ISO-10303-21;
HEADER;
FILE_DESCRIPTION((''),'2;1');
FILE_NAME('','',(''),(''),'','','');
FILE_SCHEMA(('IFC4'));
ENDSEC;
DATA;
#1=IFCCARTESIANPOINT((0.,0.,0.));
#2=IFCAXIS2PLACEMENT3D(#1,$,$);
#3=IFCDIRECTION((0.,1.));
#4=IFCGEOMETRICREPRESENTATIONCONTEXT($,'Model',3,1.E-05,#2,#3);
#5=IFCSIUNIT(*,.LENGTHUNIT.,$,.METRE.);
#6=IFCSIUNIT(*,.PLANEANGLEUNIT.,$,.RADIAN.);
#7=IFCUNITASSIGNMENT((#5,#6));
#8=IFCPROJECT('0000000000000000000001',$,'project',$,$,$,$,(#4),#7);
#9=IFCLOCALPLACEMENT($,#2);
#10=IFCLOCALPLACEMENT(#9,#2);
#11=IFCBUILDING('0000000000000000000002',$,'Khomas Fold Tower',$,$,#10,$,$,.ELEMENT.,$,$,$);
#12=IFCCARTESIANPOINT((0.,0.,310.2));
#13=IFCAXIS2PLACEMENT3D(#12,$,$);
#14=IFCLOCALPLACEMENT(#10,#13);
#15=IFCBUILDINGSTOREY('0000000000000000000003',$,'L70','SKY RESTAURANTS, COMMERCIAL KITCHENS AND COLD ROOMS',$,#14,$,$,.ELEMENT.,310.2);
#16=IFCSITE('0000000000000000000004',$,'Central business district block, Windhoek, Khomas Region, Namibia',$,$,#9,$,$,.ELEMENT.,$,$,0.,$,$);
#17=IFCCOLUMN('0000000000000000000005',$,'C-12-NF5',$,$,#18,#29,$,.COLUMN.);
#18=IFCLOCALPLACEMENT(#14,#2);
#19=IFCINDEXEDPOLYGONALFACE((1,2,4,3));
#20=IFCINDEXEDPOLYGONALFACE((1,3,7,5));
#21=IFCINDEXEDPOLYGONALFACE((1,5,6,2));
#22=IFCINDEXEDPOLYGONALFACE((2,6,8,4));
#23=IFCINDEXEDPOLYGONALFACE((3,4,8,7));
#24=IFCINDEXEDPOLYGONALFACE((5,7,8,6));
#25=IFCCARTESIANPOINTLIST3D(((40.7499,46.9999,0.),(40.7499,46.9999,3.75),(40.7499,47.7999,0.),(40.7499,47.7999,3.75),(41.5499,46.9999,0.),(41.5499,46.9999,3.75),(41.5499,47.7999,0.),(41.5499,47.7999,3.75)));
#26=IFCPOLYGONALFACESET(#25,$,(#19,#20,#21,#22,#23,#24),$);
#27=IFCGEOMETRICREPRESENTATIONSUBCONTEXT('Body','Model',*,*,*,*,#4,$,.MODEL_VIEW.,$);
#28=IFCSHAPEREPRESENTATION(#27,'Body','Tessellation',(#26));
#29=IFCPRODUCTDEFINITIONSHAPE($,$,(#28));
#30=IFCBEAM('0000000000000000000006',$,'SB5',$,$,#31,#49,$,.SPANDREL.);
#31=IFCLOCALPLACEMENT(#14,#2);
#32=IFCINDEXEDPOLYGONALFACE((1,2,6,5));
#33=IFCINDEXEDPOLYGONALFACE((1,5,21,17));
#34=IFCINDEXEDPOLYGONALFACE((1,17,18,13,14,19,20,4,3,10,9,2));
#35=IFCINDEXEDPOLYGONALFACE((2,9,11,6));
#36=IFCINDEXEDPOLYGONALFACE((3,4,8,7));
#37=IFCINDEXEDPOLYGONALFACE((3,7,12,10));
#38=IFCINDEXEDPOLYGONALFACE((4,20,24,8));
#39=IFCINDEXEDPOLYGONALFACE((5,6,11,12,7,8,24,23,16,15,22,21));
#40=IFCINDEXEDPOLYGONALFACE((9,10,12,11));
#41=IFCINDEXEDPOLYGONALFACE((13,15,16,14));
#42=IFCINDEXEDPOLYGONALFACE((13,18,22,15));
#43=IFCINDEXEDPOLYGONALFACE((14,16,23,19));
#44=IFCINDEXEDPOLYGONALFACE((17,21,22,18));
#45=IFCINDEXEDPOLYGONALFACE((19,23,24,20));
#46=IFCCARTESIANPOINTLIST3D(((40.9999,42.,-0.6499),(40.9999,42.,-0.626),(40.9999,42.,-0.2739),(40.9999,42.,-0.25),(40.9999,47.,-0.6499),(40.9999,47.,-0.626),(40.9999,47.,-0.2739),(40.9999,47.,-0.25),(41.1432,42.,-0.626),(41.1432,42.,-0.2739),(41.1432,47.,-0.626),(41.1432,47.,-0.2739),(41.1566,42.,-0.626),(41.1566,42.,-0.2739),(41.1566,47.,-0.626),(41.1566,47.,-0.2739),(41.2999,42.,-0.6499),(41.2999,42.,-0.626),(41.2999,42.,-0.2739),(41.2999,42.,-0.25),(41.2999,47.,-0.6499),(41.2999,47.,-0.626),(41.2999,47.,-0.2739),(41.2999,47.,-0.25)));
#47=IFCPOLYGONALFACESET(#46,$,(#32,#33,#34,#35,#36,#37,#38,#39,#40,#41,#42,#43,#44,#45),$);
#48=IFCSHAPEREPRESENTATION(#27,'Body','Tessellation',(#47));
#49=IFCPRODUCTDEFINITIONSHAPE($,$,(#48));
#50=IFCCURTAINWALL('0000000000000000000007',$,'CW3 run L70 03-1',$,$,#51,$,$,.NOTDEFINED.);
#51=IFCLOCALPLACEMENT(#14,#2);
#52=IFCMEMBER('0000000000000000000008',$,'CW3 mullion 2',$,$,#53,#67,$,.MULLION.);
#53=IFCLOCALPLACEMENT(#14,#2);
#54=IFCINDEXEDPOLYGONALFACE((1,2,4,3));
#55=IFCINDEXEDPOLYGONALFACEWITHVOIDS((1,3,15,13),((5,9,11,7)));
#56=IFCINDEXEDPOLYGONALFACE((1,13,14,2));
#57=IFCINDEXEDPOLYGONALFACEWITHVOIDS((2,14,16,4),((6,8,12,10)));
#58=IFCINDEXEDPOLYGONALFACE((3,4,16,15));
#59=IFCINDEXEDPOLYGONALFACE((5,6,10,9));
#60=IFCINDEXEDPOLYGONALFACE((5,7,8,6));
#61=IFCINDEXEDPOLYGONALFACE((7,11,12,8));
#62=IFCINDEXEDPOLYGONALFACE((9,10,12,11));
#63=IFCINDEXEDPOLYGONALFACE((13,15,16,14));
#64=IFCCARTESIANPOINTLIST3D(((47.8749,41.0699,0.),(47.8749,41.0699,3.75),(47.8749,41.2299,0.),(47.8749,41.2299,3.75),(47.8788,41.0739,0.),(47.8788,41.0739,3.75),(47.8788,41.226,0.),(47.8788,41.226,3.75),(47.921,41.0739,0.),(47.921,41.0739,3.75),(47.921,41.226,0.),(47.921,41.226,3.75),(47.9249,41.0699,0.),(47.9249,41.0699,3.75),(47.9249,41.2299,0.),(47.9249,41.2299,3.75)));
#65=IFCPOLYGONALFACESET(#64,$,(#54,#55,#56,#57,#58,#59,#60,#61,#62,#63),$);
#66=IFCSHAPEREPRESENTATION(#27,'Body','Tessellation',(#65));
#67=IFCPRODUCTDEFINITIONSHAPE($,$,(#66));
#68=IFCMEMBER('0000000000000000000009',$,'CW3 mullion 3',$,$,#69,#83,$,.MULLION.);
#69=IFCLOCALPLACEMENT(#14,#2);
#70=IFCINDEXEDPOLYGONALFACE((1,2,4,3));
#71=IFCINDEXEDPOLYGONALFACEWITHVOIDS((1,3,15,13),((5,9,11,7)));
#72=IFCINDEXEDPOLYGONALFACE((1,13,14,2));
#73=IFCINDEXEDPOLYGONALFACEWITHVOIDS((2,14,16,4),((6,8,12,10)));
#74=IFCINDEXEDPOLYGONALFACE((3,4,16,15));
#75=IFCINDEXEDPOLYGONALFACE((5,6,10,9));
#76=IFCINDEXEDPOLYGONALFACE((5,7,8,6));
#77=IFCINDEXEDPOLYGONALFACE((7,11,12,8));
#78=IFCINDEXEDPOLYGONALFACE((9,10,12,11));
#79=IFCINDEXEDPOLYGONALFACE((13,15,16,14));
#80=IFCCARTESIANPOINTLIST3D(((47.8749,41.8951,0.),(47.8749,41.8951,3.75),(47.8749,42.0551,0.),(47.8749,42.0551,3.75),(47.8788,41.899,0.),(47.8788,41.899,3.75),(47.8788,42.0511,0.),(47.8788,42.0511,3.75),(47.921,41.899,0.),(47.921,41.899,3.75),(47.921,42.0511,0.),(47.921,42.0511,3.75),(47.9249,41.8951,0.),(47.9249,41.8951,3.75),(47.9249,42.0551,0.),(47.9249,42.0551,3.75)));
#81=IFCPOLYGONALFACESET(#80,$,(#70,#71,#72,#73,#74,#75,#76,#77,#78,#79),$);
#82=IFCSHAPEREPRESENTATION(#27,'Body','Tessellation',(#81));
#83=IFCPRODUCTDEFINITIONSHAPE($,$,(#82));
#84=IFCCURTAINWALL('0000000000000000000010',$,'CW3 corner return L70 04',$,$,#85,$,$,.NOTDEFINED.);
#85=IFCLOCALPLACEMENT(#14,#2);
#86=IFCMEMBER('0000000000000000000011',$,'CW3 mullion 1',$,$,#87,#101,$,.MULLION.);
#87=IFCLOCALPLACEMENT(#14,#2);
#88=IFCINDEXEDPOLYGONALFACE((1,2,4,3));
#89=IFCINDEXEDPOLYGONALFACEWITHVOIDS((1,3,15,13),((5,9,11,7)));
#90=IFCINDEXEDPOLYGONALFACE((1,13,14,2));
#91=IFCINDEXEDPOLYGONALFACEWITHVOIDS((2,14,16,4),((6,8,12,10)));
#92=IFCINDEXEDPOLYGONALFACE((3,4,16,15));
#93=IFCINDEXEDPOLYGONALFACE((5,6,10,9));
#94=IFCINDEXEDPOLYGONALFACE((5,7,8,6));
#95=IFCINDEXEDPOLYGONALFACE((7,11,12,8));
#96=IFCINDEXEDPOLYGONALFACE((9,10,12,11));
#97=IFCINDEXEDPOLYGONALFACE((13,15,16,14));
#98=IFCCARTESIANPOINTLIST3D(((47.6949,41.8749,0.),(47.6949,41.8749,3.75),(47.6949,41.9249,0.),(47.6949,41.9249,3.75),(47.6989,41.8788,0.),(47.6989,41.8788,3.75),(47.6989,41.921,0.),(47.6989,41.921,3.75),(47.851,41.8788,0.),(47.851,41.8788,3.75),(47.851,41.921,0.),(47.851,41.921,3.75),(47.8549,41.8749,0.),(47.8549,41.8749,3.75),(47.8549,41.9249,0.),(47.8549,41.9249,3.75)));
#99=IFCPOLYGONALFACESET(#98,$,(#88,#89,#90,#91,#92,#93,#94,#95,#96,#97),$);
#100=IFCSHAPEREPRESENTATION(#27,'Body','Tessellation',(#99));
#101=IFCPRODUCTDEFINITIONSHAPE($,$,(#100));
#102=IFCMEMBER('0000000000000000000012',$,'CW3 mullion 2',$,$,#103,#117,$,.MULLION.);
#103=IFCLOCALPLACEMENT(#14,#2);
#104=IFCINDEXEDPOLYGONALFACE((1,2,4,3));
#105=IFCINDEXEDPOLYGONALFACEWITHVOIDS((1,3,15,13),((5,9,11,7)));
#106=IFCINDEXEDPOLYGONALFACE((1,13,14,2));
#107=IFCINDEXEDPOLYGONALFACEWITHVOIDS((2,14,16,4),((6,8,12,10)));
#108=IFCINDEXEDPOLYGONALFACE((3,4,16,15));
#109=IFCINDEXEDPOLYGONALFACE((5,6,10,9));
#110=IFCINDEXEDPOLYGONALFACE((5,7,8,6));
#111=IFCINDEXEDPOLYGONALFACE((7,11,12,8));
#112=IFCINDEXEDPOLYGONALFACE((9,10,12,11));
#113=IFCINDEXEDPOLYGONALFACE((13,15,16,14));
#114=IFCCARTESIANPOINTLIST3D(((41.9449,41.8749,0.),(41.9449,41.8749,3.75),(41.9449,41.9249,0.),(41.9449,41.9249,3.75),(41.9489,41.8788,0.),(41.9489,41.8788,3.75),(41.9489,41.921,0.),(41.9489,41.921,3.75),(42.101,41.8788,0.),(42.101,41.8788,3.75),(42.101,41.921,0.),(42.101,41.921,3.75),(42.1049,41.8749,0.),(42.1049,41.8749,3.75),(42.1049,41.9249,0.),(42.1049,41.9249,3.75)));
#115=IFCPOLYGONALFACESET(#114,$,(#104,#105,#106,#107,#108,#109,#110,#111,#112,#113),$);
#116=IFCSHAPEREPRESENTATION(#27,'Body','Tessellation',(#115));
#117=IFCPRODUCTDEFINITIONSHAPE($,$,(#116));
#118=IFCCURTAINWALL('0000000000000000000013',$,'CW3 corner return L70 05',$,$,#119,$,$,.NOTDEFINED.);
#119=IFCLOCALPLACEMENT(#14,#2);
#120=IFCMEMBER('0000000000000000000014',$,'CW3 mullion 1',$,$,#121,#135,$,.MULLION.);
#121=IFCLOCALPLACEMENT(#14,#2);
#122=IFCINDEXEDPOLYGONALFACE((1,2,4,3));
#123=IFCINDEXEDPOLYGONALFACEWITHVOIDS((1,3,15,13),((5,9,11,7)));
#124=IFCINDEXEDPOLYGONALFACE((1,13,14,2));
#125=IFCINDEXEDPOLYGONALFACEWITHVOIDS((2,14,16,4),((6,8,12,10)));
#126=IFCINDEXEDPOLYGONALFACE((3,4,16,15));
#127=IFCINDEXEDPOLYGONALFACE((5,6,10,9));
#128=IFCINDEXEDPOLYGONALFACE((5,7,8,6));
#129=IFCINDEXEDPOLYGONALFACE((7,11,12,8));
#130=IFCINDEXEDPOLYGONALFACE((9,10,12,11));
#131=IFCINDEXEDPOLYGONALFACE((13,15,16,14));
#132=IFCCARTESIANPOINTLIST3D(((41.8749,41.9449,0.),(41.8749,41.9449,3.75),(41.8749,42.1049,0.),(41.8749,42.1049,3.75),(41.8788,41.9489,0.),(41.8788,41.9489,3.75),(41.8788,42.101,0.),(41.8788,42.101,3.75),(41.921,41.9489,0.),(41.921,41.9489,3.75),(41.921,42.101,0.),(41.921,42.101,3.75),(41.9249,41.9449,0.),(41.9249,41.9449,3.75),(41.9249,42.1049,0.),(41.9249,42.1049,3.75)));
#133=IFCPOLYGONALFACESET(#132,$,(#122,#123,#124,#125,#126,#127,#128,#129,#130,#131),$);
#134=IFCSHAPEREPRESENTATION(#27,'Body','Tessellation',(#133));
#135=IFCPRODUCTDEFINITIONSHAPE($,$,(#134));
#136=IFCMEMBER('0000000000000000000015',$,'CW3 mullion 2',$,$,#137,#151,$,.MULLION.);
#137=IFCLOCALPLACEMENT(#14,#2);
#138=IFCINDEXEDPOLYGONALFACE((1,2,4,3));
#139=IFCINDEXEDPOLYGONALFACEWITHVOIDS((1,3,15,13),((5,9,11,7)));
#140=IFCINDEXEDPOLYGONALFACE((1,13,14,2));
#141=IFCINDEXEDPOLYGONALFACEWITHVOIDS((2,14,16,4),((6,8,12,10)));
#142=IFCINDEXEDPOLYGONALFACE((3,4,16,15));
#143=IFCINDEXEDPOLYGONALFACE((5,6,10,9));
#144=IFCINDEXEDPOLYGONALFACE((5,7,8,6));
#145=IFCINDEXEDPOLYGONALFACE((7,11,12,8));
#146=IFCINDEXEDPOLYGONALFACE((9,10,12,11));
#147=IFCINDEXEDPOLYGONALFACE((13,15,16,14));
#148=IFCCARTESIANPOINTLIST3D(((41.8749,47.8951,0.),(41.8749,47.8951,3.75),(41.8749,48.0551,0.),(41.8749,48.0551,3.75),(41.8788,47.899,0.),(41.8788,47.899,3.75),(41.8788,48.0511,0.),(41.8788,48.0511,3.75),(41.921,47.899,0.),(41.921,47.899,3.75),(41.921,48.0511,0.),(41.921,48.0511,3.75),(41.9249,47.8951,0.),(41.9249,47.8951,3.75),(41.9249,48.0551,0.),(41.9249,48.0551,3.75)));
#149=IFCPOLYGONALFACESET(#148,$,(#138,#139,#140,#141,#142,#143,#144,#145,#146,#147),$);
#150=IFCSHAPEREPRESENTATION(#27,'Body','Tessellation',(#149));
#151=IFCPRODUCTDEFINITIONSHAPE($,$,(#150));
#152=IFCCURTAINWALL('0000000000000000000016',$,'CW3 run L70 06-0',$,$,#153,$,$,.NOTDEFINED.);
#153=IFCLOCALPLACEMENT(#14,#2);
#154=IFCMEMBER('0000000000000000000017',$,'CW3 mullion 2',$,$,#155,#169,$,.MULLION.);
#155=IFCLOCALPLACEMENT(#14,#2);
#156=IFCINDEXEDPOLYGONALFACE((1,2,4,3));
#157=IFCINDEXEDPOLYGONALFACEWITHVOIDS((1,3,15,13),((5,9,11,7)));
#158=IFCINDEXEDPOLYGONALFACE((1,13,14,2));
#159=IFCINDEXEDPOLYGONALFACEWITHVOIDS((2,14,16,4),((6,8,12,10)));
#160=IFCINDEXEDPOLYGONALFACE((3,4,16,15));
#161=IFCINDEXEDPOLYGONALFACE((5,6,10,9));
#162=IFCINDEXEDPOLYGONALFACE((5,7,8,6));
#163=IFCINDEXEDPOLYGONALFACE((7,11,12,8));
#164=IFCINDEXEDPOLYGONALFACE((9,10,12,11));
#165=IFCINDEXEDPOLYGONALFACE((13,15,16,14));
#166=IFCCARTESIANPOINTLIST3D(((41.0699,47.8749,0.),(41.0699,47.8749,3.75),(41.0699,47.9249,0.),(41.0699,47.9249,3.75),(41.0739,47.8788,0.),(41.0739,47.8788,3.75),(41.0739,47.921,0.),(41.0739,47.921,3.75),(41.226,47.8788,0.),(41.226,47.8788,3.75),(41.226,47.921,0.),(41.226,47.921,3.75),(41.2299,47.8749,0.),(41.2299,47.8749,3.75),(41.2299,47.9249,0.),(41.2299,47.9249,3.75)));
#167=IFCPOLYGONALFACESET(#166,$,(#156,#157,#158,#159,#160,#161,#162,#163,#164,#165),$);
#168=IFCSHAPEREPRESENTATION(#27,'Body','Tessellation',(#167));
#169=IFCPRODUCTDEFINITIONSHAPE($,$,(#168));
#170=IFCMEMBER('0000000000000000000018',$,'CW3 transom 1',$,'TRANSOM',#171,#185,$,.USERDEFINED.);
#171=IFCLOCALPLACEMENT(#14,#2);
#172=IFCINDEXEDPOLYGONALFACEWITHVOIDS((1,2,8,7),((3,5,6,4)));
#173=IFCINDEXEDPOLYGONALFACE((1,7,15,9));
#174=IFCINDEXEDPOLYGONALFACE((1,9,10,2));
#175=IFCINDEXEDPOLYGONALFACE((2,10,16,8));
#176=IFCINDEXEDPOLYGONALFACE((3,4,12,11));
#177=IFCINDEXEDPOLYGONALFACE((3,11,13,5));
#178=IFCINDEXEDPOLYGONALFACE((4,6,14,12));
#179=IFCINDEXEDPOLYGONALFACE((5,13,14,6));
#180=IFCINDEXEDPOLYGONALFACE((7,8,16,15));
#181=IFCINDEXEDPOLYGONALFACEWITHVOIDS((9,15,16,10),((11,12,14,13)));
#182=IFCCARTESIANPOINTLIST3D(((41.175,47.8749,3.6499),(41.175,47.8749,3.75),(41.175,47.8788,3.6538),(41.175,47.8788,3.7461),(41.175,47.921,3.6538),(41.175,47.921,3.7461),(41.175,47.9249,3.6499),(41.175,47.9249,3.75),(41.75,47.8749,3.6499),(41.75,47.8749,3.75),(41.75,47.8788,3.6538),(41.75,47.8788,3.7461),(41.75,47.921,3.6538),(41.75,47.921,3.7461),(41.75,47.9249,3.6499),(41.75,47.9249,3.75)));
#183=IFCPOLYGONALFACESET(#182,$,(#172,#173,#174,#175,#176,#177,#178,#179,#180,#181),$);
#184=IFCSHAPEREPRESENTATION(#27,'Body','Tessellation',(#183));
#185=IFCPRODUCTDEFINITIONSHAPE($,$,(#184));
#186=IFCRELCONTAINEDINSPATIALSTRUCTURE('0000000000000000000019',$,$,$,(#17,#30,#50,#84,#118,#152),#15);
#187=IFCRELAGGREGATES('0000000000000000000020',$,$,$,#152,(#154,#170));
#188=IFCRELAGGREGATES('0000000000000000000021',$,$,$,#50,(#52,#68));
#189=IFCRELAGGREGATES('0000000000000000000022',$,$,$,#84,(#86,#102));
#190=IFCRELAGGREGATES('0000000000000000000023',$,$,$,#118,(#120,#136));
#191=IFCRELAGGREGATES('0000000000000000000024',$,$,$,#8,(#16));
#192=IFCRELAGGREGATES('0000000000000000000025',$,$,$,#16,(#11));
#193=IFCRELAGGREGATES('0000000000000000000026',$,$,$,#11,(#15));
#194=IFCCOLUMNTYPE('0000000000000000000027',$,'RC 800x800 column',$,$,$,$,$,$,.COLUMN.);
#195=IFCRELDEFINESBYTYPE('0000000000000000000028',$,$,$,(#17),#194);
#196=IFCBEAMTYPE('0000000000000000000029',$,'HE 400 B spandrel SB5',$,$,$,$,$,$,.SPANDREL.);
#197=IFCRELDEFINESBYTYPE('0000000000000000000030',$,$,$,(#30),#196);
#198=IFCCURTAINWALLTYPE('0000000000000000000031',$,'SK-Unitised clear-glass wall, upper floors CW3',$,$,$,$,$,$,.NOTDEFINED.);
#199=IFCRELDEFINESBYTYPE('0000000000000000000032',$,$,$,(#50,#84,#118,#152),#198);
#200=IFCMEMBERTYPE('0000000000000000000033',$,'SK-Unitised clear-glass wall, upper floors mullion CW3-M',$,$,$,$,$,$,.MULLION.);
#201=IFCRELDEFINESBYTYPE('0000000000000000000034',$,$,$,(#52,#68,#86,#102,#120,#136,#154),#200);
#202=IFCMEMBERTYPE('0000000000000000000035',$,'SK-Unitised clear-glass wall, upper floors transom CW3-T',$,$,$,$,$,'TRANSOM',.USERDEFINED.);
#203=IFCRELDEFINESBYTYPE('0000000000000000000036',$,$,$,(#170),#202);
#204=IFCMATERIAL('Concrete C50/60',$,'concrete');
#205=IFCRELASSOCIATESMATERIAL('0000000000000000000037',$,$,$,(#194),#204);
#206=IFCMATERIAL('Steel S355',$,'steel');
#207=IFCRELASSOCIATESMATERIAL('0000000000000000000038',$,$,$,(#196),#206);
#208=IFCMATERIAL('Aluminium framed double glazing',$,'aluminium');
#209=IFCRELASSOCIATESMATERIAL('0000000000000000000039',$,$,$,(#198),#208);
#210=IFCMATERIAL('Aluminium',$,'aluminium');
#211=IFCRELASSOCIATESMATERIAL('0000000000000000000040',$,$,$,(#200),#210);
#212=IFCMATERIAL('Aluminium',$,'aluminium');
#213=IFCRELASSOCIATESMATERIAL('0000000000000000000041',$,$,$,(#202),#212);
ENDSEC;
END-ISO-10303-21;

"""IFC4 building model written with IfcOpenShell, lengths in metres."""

from ifc_helpers import new_model, si_unit, direction, frame, origin, origin_2d, place, context, subcontext, project, spatial, rectangle, hollow_rectangle, i_section, extrude, source, transform, mapped, material, material_profile, profile_set, type_object, element, aggregate, save


model = new_model("IFC4")

# Units and contexts
model_context = context("Model", 3, precision=1e-05, world=origin(), true_north=direction((0.0, 1.0)))
body_context = subcontext(model_context, "Body", "Model", "MODEL_VIEW")
ifc_project = project(units=[si_unit("LENGTHUNIT", "METRE"), si_unit("PLANEANGLEUNIT", "RADIAN")], contexts=[model_context])

# Site, building, storey
site_placement = place(None, origin())
site = spatial("IfcSite", under=ifc_project, at=site_placement, Name="Central business district block, Windhoek, Khomas Region, Namibia", CompositionType="ELEMENT", RefElevation=0.0)
building_placement = place(site_placement, origin())
building = spatial("IfcBuilding", under=site, at=building_placement, Name="Khomas Fold Tower", CompositionType="ELEMENT")
storey_placement = place(building_placement, frame((0.0, 0.0, 310.2)))
storey = spatial("IfcBuildingStorey", under=building, at=storey_placement, Name="L70", Description="SKY RESTAURANTS, COMMERCIAL KITCHENS AND COLD ROOMS", CompositionType="ELEMENT", Elevation=310.2)

# Column
ifc_material_1 = material(Name="Concrete C50/60", Category="concrete")
ifc_material_profile_1 = material_profile(ifc_material_1, rectangle(XDim=0.8, YDim=0.8, at=origin_2d()), Name="RC 800x800")
ifc_profile_set_1 = profile_set([ifc_material_profile_1], Name="Concrete C50/60")
column_type = type_object("IfcColumnType", Name="RC 800x800 column", PredefinedType="COLUMN", material=ifc_profile_set_1)
shared_shape_1 = source(origin(), body_context, "Body", "SweptSolid", [
    extrude(rectangle(XDim=0.8, YDim=0.8, at=origin_2d()), origin(), (0.0, 0.0, 1.0), 3.75),
])
column_placement = place(storey_placement, frame((41.1499, 47.3999, 0.0), z_axis=(0.0, 0.0, 1.0), x_axis=(1.0, 0.0, 0.0)))
element("IfcColumn", 1, at=column_placement, inside=storey, type_object=column_type, Name="C-12-NF5", PredefinedType="COLUMN", context=body_context, shape_type="MappedRepresentation", body=[
    mapped(shared_shape_1, transform((0.0, 0.0, 0.0))),
])

# Beam
ifc_material_2 = material(Name="Steel S355", Category="steel")
ifc_material_profile_2 = material_profile(ifc_material_2, i_section(OverallWidth=0.3, OverallDepth=0.3999, WebThickness=0.0134, FlangeThickness=0.0239, at=origin_2d()), Name="HE 400 B")
ifc_profile_set_2 = profile_set([ifc_material_profile_2], Name="Steel S355")
beam_type = type_object("IfcBeamType", Name="HE 400 B spandrel SB5", PredefinedType="SPANDREL", material=ifc_profile_set_2)
shared_shape_2 = source(origin(), body_context, "Body", "SweptSolid", [
    extrude(i_section(OverallWidth=0.3, OverallDepth=0.3999, WebThickness=0.0134, FlangeThickness=0.0239, at=origin_2d()), origin(), (0.0, 0.0, 1.0), 5.0),
])
beam_placement = place(storey_placement, frame((41.1499, 42.0, -0.45), z_axis=(0.0, 1.0, 0.0), x_axis=(-1.0, 0.0, 0.0)))
element("IfcBeam", 2, at=beam_placement, inside=storey, type_object=beam_type, Name="SB5", PredefinedType="SPANDREL", context=body_context, shape_type="MappedRepresentation", body=[
    mapped(shared_shape_2, transform((0.0, 0.0, 0.0))),
])

# Curtain walls, members
ifc_material_3 = material(Name="Aluminium framed double glazing", Category="aluminium")
curtain_wall_type = type_object("IfcCurtainWallType", Name="SK-Unitised clear-glass wall, upper floors CW3", PredefinedType="NOTDEFINED", material=ifc_material_3)
curtain_wall_1_placement = place(storey_placement, origin())
curtain_wall_1 = element("IfcCurtainWall", 3, at=curtain_wall_1_placement, inside=storey, type_object=curtain_wall_type, Name="CW3 run L70 03-1", PredefinedType="NOTDEFINED")
ifc_material_4 = material(Name="Aluminium", Category="aluminium")
ifc_material_profile_3 = material_profile(ifc_material_4, hollow_rectangle(XDim=0.05, YDim=0.1599, WallThickness=0.0039, at=origin_2d()), Name="SK-Unitised clear-glass wall, upper floors mullion CW3-M")
ifc_profile_set_3 = profile_set([ifc_material_profile_3], Name="Aluminium")
member_type_1 = type_object("IfcMemberType", Name="SK-Unitised clear-glass wall, upper floors mullion CW3-M", PredefinedType="MULLION", material=ifc_profile_set_3)
shared_shape_3 = source(origin(), body_context, "Body", "SweptSolid", [
    extrude(hollow_rectangle(XDim=0.05, YDim=0.1599, WallThickness=0.0039, at=origin_2d()), origin(), (0.0, 0.0, 1.0), 3.75),
])
member_1_placement = place(storey_placement, frame((47.8999, 41.1499, 0.0), z_axis=(0.0, 0.0, 1.0), x_axis=(-1.0, 0.0, 0.0)))
member_1 = element("IfcMember", 4, at=member_1_placement, type_object=member_type_1, Name="CW3 mullion 2", PredefinedType="MULLION", context=body_context, shape_type="MappedRepresentation", body=[
    mapped(shared_shape_3, transform((0.0, 0.0, 0.0))),
])
member_2_placement = place(storey_placement, frame((47.8999, 41.9751, 0.0), z_axis=(0.0, 0.0, 1.0), x_axis=(-1.0, 0.0, 0.0)))
member_2 = element("IfcMember", 5, at=member_2_placement, type_object=member_type_1, Name="CW3 mullion 3", PredefinedType="MULLION", context=body_context, shape_type="MappedRepresentation", body=[
    mapped(shared_shape_3, transform((0.0, 0.0, 0.0))),
])
curtain_wall_2_placement = place(storey_placement, origin())
curtain_wall_2 = element("IfcCurtainWall", 6, at=curtain_wall_2_placement, inside=storey, type_object=curtain_wall_type, Name="CW3 corner return L70 04", PredefinedType="NOTDEFINED")
member_3_placement = place(storey_placement, frame((47.7749, 41.8999, 0.0), z_axis=(0.0, 0.0, 1.0), x_axis=(0.0, -1.0, 0.0)))
member_3 = element("IfcMember", 7, at=member_3_placement, type_object=member_type_1, Name="CW3 mullion 1", PredefinedType="MULLION", context=body_context, shape_type="MappedRepresentation", body=[
    mapped(shared_shape_3, transform((0.0, 0.0, 0.0))),
])
member_4_placement = place(storey_placement, frame((42.0249, 41.8999, 0.0), z_axis=(0.0, 0.0, 1.0), x_axis=(0.0, -1.0, 0.0)))
member_4 = element("IfcMember", 8, at=member_4_placement, type_object=member_type_1, Name="CW3 mullion 2", PredefinedType="MULLION", context=body_context, shape_type="MappedRepresentation", body=[
    mapped(shared_shape_3, transform((0.0, 0.0, 0.0))),
])
curtain_wall_3_placement = place(storey_placement, origin())
curtain_wall_3 = element("IfcCurtainWall", 9, at=curtain_wall_3_placement, inside=storey, type_object=curtain_wall_type, Name="CW3 corner return L70 05", PredefinedType="NOTDEFINED")
member_5_placement = place(storey_placement, frame((41.8999, 42.0249, 0.0), z_axis=(0.0, 0.0, 1.0), x_axis=(-1.0, 0.0, 0.0)))
member_5 = element("IfcMember", 10, at=member_5_placement, type_object=member_type_1, Name="CW3 mullion 1", PredefinedType="MULLION", context=body_context, shape_type="MappedRepresentation", body=[
    mapped(shared_shape_3, transform((0.0, 0.0, 0.0))),
])
member_6_placement = place(storey_placement, frame((41.8999, 47.9751, 0.0), z_axis=(0.0, 0.0, 1.0), x_axis=(-1.0, 0.0, 0.0)))
member_6 = element("IfcMember", 11, at=member_6_placement, type_object=member_type_1, Name="CW3 mullion 2", PredefinedType="MULLION", context=body_context, shape_type="MappedRepresentation", body=[
    mapped(shared_shape_3, transform((0.0, 0.0, 0.0))),
])
curtain_wall_4_placement = place(storey_placement, origin())
curtain_wall_4 = element("IfcCurtainWall", 12, at=curtain_wall_4_placement, inside=storey, type_object=curtain_wall_type, Name="CW3 run L70 06-0", PredefinedType="NOTDEFINED")
member_7_placement = place(storey_placement, frame((41.1499, 47.8999, 0.0), z_axis=(0.0, 0.0, 1.0), x_axis=(0.0, -1.0, 0.0)))
member_7 = element("IfcMember", 13, at=member_7_placement, type_object=member_type_1, Name="CW3 mullion 2", PredefinedType="MULLION", context=body_context, shape_type="MappedRepresentation", body=[
    mapped(shared_shape_3, transform((0.0, 0.0, 0.0))),
])
ifc_material_5 = material(Name="Aluminium", Category="aluminium")
ifc_material_profile_4 = material_profile(ifc_material_5, hollow_rectangle(XDim=0.05, YDim=0.1001, WallThickness=0.0039, at=origin_2d()), Name="SK-Unitised clear-glass wall, upper floors transom CW3-T")
ifc_profile_set_4 = profile_set([ifc_material_profile_4], Name="Aluminium")
member_type_2 = type_object("IfcMemberType", Name="SK-Unitised clear-glass wall, upper floors transom CW3-T", ElementType="TRANSOM", PredefinedType="USERDEFINED", material=ifc_profile_set_4)
shared_shape_4 = source(origin(), body_context, "Body", "SweptSolid", [
    extrude(hollow_rectangle(XDim=0.05, YDim=0.1001, WallThickness=0.0039, at=origin_2d()), origin(), (0.0, 0.0, 1.0), 0.575),
])
member_8_placement = place(storey_placement, frame((41.75, 47.8999, 3.7), z_axis=(-1.0, 0.0, 0.0), x_axis=(0.0, -1.0, 0.0)))
member_8 = element("IfcMember", 14, at=member_8_placement, type_object=member_type_2, Name="CW3 transom 1", ObjectType="TRANSOM", PredefinedType="USERDEFINED", context=body_context, shape_type="MappedRepresentation", body=[
    mapped(shared_shape_4, transform((0.0, 0.0, 0.0))),
])

aggregate(curtain_wall_4, [member_7, member_8])
aggregate(curtain_wall_1, [member_1, member_2])
aggregate(curtain_wall_2, [member_3, member_4])
aggregate(curtain_wall_3, [member_5, member_6])

save(model, "model.ifc")
